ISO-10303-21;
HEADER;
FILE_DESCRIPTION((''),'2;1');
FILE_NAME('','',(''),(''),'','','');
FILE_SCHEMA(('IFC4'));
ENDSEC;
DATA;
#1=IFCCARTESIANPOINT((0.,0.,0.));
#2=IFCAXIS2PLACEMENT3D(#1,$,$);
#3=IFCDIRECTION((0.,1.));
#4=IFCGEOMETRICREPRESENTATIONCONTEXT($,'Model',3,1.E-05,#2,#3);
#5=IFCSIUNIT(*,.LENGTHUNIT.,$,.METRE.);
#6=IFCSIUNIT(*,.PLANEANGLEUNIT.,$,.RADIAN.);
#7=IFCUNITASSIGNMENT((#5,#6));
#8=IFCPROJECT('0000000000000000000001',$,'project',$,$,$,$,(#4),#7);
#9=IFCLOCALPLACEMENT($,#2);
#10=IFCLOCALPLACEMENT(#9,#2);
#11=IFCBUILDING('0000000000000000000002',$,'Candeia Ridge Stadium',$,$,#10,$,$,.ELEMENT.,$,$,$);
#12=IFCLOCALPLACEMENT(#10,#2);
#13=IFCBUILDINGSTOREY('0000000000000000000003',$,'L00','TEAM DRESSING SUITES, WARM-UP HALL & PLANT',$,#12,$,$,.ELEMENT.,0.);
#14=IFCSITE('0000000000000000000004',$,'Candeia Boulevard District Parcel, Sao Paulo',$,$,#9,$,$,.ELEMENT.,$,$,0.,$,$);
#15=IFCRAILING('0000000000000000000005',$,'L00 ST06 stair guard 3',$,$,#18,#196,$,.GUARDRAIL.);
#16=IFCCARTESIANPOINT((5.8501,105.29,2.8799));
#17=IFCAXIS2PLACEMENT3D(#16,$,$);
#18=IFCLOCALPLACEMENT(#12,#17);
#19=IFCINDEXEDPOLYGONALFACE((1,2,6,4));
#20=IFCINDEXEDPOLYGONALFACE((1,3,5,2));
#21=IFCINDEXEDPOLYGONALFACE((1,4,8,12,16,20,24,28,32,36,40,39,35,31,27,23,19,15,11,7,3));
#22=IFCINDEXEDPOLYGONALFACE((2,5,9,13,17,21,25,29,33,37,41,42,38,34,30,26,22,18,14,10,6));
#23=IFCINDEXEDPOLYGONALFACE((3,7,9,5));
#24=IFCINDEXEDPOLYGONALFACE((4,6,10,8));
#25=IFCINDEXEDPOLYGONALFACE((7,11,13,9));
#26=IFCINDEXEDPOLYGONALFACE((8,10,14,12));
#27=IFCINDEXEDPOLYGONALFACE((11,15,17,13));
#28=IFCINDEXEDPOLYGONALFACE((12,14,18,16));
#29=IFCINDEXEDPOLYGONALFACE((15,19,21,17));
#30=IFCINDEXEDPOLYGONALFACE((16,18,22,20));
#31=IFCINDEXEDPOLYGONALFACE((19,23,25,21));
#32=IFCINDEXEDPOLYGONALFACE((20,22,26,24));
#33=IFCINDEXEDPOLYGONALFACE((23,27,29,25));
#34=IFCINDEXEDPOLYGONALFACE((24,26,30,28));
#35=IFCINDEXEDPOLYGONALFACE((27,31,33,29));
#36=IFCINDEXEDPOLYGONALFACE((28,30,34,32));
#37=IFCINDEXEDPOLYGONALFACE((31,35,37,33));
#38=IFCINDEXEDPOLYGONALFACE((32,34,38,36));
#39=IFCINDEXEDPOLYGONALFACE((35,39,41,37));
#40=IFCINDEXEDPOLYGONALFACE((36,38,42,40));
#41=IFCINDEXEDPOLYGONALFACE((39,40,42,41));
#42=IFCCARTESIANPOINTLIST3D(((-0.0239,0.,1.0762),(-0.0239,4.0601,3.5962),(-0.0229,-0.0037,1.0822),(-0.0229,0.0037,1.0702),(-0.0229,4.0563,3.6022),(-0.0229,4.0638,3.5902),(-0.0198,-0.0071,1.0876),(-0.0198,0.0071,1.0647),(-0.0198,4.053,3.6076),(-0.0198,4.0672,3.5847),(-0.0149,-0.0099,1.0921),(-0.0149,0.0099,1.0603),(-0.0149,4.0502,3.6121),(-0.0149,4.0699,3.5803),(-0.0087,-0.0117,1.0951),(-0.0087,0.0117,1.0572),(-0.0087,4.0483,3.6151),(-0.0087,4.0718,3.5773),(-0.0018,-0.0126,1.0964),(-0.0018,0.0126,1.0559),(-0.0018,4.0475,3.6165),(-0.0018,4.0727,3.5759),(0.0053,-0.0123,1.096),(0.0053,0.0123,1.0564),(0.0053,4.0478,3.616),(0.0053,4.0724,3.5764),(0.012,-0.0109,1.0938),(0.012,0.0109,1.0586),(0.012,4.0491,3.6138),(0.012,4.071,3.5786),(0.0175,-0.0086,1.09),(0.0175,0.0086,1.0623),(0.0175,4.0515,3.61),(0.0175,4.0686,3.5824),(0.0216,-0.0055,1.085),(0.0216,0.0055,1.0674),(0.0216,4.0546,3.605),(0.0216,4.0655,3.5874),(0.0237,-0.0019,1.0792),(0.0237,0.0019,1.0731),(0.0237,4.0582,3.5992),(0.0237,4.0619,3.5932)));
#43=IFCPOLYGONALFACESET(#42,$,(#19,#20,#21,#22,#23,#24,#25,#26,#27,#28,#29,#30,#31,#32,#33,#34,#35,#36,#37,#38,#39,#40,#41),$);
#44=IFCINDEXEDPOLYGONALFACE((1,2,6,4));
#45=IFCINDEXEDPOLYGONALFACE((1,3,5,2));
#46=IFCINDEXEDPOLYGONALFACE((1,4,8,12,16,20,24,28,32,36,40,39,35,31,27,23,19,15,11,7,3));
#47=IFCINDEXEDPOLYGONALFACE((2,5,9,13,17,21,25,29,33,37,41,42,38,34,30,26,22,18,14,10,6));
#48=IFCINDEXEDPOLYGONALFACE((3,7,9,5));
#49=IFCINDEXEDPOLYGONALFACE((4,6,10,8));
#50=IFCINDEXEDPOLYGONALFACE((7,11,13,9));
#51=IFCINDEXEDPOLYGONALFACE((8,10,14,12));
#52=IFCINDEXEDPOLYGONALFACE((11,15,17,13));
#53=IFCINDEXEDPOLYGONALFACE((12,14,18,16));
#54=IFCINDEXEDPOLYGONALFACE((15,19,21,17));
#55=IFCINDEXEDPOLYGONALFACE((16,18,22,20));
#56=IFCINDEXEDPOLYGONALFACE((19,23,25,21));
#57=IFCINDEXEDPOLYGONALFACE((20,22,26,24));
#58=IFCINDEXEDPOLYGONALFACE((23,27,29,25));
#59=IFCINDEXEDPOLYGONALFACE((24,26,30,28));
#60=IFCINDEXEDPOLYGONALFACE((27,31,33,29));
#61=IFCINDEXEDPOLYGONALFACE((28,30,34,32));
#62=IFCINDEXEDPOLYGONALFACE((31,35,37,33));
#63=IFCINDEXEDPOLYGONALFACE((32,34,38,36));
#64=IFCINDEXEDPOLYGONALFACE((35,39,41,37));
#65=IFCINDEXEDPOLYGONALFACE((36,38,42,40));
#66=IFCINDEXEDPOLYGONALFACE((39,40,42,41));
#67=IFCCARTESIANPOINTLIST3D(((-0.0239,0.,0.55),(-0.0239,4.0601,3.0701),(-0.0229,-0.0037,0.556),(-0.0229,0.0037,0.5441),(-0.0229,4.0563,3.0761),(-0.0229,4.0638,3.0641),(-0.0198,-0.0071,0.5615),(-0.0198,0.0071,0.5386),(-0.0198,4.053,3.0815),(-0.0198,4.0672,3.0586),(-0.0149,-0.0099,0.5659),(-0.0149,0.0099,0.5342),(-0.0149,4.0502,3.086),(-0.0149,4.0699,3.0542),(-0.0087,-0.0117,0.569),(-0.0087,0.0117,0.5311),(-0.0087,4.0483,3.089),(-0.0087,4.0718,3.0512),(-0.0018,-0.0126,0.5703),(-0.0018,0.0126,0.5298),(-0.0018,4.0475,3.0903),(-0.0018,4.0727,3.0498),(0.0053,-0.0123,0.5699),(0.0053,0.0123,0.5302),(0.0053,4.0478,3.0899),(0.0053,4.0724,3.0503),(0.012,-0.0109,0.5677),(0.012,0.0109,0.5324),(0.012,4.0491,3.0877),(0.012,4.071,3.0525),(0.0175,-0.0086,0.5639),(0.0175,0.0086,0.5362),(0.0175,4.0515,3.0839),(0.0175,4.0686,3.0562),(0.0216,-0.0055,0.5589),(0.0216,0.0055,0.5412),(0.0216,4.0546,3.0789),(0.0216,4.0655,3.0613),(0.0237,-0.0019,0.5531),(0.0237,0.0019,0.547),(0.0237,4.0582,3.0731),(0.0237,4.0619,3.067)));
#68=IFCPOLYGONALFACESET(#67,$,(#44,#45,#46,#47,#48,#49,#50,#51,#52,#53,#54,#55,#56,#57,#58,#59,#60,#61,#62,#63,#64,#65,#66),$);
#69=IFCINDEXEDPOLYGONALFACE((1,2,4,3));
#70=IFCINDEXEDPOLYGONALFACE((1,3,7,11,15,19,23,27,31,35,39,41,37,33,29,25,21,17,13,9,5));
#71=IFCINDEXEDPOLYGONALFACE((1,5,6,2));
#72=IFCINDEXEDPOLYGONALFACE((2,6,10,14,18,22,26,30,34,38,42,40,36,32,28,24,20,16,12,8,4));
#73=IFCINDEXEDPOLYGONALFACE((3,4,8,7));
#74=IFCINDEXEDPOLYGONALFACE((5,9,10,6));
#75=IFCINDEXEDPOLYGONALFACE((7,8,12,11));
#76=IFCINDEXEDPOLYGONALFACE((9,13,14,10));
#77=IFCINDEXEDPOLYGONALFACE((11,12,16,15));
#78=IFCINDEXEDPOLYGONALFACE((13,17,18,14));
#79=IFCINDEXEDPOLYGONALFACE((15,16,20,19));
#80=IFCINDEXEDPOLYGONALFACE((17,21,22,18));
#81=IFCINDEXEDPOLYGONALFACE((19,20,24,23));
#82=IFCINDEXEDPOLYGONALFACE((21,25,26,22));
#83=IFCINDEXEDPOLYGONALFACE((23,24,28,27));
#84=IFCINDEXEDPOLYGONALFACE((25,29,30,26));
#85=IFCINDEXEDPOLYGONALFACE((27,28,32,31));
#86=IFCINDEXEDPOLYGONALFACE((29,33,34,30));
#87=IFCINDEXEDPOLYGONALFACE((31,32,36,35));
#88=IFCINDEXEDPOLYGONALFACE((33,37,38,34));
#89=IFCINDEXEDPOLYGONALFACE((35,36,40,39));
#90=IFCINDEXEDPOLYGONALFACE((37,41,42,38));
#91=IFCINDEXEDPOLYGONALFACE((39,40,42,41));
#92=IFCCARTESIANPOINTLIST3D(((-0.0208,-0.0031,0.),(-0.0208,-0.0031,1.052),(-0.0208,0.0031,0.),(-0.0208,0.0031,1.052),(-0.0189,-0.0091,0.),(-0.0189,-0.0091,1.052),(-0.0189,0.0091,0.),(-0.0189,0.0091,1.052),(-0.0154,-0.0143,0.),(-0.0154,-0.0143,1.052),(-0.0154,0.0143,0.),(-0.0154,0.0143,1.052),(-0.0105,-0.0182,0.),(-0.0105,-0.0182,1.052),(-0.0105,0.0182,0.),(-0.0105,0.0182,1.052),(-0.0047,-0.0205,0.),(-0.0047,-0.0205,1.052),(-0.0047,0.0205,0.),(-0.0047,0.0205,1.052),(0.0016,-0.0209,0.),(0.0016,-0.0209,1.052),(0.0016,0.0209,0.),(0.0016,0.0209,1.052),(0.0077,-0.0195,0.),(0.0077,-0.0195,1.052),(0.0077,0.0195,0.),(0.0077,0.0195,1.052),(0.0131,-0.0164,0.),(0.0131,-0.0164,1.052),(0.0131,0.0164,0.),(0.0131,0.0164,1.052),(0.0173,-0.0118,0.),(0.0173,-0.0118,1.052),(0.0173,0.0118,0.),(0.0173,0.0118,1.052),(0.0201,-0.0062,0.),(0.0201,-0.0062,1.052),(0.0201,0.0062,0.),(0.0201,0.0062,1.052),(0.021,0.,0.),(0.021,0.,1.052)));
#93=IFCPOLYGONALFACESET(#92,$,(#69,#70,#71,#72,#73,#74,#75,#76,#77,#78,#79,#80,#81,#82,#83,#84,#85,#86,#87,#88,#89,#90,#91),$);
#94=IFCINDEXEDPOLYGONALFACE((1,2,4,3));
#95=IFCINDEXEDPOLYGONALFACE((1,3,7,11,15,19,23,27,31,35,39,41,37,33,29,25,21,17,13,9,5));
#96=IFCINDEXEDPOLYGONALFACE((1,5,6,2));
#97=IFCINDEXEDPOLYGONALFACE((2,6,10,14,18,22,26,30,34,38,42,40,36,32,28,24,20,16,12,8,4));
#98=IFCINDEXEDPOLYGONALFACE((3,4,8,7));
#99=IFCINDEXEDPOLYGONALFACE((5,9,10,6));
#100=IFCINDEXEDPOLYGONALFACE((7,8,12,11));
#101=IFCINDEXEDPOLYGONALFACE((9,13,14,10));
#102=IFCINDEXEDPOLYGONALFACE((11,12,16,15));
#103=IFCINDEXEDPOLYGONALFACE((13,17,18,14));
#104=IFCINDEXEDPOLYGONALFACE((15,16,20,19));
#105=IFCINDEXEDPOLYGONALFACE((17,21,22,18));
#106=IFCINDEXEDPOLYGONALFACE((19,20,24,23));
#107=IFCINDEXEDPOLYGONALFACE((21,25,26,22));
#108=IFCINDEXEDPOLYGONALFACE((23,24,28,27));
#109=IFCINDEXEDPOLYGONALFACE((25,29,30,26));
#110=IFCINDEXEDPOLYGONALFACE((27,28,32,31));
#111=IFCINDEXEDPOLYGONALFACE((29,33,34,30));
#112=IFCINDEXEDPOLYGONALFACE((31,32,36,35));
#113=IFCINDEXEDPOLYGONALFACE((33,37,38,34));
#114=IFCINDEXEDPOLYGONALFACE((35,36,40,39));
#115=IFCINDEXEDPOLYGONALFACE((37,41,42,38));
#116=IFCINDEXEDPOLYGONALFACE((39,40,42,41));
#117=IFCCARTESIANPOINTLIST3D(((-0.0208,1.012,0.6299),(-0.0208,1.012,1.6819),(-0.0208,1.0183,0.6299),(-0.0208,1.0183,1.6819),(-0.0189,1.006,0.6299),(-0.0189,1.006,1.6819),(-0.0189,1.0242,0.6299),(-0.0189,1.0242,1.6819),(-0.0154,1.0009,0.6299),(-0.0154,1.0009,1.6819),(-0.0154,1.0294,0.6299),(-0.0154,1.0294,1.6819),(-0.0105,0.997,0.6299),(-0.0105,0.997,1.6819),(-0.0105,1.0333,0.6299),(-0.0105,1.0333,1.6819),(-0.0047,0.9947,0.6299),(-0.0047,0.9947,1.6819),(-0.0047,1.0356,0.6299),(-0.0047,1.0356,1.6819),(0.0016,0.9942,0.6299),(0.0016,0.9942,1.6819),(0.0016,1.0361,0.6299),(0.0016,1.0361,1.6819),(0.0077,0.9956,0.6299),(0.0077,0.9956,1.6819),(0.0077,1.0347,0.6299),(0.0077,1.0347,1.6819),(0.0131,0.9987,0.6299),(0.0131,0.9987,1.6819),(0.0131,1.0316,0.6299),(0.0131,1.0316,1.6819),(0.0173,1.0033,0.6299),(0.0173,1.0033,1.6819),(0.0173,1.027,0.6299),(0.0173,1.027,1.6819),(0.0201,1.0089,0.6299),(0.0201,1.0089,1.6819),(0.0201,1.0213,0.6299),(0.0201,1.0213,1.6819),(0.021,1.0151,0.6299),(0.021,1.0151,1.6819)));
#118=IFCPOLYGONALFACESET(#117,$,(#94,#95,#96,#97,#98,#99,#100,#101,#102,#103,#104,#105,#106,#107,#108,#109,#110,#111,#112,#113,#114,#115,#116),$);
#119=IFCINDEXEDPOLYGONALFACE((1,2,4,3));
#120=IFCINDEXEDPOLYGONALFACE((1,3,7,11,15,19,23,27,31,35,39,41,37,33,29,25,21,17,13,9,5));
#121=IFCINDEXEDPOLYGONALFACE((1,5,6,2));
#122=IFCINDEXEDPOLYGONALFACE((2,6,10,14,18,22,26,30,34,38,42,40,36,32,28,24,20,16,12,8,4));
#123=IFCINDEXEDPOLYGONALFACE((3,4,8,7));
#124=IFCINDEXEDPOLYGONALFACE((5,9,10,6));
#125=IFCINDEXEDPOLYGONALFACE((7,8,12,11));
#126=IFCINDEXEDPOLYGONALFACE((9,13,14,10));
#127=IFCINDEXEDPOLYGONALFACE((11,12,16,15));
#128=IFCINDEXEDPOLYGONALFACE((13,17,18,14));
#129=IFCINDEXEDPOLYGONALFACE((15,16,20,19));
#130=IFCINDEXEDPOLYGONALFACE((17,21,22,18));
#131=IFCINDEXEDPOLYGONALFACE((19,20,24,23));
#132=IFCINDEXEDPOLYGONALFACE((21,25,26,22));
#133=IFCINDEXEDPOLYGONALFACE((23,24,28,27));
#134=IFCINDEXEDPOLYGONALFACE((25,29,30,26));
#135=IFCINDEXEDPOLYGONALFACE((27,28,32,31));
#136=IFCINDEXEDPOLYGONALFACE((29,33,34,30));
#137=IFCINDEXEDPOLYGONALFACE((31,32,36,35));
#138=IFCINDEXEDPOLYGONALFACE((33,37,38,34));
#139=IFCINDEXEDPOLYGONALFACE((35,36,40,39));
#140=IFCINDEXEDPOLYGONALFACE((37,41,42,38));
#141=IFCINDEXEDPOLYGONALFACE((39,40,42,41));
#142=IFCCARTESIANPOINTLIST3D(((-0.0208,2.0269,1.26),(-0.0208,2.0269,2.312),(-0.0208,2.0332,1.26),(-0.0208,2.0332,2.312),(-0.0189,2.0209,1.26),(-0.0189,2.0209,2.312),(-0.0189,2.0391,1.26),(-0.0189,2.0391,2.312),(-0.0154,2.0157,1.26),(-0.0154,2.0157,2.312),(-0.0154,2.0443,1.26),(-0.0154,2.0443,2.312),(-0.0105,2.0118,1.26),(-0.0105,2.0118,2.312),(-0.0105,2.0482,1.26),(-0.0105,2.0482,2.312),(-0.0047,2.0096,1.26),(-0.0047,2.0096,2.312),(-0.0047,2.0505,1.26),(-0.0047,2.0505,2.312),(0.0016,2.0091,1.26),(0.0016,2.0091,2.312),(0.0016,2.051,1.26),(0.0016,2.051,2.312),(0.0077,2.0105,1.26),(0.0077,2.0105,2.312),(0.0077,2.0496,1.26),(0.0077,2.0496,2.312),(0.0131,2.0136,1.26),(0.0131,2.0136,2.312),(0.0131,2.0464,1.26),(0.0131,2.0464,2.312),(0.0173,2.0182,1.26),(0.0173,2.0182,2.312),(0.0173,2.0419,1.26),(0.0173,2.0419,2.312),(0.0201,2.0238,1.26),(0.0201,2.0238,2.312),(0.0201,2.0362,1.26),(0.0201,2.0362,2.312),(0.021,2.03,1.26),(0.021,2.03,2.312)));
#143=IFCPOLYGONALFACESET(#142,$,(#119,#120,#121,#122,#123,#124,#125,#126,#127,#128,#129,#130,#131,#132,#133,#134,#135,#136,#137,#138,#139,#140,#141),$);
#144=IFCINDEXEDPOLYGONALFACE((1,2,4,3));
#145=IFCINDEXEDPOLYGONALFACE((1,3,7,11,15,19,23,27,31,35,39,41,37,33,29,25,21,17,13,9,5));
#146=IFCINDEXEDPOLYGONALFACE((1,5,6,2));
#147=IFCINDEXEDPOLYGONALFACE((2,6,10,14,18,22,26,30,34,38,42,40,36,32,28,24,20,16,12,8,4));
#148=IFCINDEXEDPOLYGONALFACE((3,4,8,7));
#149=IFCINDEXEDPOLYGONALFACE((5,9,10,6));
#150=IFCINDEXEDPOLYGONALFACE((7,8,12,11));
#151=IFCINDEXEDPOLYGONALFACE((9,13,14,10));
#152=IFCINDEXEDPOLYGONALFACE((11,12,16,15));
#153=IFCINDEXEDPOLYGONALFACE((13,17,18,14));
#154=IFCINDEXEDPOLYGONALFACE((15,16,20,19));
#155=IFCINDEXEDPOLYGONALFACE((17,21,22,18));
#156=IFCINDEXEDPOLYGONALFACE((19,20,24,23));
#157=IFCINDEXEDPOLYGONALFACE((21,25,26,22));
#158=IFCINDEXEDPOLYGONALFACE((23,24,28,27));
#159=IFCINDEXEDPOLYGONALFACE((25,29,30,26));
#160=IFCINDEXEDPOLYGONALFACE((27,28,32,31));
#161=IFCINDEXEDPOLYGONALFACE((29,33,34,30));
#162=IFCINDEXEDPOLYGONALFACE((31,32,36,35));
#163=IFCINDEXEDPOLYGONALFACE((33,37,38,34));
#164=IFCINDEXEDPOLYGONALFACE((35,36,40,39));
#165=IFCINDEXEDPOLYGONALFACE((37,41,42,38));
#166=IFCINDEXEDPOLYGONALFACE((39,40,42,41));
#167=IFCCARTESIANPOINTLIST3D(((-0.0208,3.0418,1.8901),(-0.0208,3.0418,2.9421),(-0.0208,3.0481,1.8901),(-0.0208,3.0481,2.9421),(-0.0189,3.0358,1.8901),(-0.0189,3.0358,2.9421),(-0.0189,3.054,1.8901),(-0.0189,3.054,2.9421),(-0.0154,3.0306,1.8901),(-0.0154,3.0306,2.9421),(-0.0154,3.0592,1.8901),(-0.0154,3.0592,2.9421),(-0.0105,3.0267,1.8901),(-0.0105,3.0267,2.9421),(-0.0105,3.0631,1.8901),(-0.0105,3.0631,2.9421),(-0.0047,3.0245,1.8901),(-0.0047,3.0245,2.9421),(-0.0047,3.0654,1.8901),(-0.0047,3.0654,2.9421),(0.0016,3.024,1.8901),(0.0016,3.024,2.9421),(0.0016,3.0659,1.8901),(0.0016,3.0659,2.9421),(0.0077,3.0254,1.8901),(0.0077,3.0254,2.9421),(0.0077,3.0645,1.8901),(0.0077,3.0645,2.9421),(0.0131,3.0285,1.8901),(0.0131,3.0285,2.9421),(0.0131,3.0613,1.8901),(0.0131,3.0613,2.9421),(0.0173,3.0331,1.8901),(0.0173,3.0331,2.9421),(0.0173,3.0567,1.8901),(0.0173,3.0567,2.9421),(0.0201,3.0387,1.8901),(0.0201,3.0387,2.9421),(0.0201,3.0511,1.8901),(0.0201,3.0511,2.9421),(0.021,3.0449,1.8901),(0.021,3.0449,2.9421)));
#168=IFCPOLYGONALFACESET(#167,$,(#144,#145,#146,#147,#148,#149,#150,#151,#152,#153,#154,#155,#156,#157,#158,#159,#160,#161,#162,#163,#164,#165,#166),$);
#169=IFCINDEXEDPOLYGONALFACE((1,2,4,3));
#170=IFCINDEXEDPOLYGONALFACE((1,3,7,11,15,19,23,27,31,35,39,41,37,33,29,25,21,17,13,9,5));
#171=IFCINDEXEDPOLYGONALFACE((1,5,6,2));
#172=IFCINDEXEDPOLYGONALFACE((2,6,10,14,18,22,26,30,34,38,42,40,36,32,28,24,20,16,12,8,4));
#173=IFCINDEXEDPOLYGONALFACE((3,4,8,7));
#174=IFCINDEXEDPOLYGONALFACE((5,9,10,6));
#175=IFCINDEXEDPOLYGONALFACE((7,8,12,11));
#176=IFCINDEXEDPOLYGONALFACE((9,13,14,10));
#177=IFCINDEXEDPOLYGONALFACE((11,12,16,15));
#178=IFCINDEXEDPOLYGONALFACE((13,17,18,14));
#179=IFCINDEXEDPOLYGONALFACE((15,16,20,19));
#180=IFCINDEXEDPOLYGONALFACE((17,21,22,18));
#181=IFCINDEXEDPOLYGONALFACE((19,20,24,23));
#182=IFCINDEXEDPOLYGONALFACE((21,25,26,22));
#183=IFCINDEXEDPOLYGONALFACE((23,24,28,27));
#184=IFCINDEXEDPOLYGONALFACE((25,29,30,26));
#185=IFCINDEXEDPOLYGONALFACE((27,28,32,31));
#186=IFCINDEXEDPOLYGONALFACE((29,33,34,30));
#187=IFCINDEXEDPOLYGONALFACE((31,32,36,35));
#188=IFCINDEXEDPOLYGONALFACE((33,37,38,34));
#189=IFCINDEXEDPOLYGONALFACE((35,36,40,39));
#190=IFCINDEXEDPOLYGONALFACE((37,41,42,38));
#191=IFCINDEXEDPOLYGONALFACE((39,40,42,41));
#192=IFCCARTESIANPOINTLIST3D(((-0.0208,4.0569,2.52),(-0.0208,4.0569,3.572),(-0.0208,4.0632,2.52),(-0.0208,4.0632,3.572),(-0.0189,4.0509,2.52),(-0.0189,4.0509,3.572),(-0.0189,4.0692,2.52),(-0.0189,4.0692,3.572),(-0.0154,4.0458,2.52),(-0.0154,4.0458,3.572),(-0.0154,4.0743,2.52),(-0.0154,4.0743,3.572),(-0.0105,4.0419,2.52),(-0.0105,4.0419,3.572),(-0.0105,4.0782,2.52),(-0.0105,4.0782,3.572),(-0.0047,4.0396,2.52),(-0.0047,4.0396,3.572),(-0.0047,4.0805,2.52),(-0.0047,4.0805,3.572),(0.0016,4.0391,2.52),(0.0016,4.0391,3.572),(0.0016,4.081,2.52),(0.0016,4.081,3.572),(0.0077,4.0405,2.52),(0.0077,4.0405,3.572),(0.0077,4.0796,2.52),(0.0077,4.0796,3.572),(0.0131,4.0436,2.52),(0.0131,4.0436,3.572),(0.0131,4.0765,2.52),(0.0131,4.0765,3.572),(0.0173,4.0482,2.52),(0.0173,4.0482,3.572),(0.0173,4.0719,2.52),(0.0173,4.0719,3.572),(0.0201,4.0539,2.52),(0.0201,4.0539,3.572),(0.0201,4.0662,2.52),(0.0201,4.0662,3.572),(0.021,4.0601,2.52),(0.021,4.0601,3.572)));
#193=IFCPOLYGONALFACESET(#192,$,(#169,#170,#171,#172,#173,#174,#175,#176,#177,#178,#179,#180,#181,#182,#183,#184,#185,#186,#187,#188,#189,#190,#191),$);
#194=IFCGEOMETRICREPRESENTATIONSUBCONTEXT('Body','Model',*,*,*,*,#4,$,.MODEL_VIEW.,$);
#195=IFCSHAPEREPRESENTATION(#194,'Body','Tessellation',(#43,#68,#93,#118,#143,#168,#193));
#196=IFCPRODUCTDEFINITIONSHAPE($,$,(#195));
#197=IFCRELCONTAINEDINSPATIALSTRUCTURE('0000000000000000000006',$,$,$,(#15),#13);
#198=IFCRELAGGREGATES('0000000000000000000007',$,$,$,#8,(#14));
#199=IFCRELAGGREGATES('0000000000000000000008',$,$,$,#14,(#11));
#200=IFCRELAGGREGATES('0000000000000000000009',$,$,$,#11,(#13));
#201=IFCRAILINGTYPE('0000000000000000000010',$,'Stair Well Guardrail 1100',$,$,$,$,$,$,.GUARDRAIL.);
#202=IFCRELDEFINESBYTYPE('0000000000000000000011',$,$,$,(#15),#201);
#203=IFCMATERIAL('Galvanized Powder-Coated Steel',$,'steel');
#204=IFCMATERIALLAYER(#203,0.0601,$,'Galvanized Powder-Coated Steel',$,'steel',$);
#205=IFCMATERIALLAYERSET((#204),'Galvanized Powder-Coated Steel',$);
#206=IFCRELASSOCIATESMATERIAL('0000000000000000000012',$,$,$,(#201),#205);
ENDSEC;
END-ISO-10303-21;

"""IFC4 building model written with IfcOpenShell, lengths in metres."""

from ifc_helpers import new_model, si_unit, direction, frame, origin, origin_2d, place, context, subcontext, project, spatial, circle, extrude, material, layer, layer_set, type_object, element, save


model = new_model("IFC4")

# Units and contexts
model_context = context("Model", 3, precision=1e-05, world=origin(), true_north=direction((0.0, 1.0)))
body_context = subcontext(model_context, "Body", "Model", "MODEL_VIEW")
ifc_project = project(units=[si_unit("LENGTHUNIT", "METRE"), si_unit("PLANEANGLEUNIT", "RADIAN")], contexts=[model_context])

# Site, building, storey
site_placement = place(None, origin())
site = spatial("IfcSite", under=ifc_project, at=site_placement, Name="Candeia Boulevard District Parcel, Sao Paulo", CompositionType="ELEMENT", RefElevation=0.0)
building_placement = place(site_placement, origin())
building = spatial("IfcBuilding", under=site, at=building_placement, Name="Candeia Ridge Stadium", CompositionType="ELEMENT")
storey_placement = place(building_placement, origin())
storey = spatial("IfcBuildingStorey", under=building, at=storey_placement, Name="L00", Description="TEAM DRESSING SUITES, WARM-UP HALL & PLANT", CompositionType="ELEMENT", Elevation=0.0)

# Railing
ifc_material_1 = material(Name="Galvanized Powder-Coated Steel", Category="steel")
ifc_layer_1 = layer(ifc_material_1, 0.0601, Name="Galvanized Powder-Coated Steel", Category="steel")
ifc_layer_set_1 = layer_set([ifc_layer_1], Name="Galvanized Powder-Coated Steel")
railing_type_1 = type_object("IfcRailingType", Name="Stair Well Guardrail 1100", PredefinedType="GUARDRAIL", material=ifc_layer_set_1)
railing_1_placement = place(storey_placement, frame((5.8501, 105.29, 2.8799)))
element("IfcRailing", 1, at=railing_1_placement, inside=storey, type_object=railing_type_1, Name="L00 ST06 stair guard 3", PredefinedType="GUARDRAIL", context=body_context, shape_type="SweptSolid", body=[
    extrude(circle(Radius=0.0239, at=origin_2d()), frame((0.0, 0.0, 1.0762), z_axis=(0.0, 0.849642, 0.52736), x_axis=(-1.0, 0.0, 0.0)), (0.0, 0.0, 1.0), 4.7786),
    extrude(circle(Radius=0.0239, at=origin_2d()), frame((0.0, 0.0, 0.55), z_axis=(0.0, 0.849642, 0.52736), x_axis=(-1.0, 0.0, 0.0)), (0.0, 0.0, 1.0), 4.7786),
    extrude(circle(Radius=0.021, at=origin_2d()), origin(), (0.0, 0.0, 1.0), 1.052),
    extrude(circle(Radius=0.021, at=origin_2d()), frame((0.0, 1.0151, 0.6299)), (0.0, 0.0, 1.0), 1.052),
    extrude(circle(Radius=0.021, at=origin_2d()), frame((0.0, 2.03, 1.26)), (0.0, 0.0, 1.0), 1.052),
    extrude(circle(Radius=0.021, at=origin_2d()), frame((0.0, 3.0449, 1.8901)), (0.0, 0.0, 1.0), 1.052),
    extrude(circle(Radius=0.021, at=origin_2d()), frame((0.0, 4.0601, 2.52)), (0.0, 0.0, 1.0), 1.052),
])

save(model, "model.ifc")
